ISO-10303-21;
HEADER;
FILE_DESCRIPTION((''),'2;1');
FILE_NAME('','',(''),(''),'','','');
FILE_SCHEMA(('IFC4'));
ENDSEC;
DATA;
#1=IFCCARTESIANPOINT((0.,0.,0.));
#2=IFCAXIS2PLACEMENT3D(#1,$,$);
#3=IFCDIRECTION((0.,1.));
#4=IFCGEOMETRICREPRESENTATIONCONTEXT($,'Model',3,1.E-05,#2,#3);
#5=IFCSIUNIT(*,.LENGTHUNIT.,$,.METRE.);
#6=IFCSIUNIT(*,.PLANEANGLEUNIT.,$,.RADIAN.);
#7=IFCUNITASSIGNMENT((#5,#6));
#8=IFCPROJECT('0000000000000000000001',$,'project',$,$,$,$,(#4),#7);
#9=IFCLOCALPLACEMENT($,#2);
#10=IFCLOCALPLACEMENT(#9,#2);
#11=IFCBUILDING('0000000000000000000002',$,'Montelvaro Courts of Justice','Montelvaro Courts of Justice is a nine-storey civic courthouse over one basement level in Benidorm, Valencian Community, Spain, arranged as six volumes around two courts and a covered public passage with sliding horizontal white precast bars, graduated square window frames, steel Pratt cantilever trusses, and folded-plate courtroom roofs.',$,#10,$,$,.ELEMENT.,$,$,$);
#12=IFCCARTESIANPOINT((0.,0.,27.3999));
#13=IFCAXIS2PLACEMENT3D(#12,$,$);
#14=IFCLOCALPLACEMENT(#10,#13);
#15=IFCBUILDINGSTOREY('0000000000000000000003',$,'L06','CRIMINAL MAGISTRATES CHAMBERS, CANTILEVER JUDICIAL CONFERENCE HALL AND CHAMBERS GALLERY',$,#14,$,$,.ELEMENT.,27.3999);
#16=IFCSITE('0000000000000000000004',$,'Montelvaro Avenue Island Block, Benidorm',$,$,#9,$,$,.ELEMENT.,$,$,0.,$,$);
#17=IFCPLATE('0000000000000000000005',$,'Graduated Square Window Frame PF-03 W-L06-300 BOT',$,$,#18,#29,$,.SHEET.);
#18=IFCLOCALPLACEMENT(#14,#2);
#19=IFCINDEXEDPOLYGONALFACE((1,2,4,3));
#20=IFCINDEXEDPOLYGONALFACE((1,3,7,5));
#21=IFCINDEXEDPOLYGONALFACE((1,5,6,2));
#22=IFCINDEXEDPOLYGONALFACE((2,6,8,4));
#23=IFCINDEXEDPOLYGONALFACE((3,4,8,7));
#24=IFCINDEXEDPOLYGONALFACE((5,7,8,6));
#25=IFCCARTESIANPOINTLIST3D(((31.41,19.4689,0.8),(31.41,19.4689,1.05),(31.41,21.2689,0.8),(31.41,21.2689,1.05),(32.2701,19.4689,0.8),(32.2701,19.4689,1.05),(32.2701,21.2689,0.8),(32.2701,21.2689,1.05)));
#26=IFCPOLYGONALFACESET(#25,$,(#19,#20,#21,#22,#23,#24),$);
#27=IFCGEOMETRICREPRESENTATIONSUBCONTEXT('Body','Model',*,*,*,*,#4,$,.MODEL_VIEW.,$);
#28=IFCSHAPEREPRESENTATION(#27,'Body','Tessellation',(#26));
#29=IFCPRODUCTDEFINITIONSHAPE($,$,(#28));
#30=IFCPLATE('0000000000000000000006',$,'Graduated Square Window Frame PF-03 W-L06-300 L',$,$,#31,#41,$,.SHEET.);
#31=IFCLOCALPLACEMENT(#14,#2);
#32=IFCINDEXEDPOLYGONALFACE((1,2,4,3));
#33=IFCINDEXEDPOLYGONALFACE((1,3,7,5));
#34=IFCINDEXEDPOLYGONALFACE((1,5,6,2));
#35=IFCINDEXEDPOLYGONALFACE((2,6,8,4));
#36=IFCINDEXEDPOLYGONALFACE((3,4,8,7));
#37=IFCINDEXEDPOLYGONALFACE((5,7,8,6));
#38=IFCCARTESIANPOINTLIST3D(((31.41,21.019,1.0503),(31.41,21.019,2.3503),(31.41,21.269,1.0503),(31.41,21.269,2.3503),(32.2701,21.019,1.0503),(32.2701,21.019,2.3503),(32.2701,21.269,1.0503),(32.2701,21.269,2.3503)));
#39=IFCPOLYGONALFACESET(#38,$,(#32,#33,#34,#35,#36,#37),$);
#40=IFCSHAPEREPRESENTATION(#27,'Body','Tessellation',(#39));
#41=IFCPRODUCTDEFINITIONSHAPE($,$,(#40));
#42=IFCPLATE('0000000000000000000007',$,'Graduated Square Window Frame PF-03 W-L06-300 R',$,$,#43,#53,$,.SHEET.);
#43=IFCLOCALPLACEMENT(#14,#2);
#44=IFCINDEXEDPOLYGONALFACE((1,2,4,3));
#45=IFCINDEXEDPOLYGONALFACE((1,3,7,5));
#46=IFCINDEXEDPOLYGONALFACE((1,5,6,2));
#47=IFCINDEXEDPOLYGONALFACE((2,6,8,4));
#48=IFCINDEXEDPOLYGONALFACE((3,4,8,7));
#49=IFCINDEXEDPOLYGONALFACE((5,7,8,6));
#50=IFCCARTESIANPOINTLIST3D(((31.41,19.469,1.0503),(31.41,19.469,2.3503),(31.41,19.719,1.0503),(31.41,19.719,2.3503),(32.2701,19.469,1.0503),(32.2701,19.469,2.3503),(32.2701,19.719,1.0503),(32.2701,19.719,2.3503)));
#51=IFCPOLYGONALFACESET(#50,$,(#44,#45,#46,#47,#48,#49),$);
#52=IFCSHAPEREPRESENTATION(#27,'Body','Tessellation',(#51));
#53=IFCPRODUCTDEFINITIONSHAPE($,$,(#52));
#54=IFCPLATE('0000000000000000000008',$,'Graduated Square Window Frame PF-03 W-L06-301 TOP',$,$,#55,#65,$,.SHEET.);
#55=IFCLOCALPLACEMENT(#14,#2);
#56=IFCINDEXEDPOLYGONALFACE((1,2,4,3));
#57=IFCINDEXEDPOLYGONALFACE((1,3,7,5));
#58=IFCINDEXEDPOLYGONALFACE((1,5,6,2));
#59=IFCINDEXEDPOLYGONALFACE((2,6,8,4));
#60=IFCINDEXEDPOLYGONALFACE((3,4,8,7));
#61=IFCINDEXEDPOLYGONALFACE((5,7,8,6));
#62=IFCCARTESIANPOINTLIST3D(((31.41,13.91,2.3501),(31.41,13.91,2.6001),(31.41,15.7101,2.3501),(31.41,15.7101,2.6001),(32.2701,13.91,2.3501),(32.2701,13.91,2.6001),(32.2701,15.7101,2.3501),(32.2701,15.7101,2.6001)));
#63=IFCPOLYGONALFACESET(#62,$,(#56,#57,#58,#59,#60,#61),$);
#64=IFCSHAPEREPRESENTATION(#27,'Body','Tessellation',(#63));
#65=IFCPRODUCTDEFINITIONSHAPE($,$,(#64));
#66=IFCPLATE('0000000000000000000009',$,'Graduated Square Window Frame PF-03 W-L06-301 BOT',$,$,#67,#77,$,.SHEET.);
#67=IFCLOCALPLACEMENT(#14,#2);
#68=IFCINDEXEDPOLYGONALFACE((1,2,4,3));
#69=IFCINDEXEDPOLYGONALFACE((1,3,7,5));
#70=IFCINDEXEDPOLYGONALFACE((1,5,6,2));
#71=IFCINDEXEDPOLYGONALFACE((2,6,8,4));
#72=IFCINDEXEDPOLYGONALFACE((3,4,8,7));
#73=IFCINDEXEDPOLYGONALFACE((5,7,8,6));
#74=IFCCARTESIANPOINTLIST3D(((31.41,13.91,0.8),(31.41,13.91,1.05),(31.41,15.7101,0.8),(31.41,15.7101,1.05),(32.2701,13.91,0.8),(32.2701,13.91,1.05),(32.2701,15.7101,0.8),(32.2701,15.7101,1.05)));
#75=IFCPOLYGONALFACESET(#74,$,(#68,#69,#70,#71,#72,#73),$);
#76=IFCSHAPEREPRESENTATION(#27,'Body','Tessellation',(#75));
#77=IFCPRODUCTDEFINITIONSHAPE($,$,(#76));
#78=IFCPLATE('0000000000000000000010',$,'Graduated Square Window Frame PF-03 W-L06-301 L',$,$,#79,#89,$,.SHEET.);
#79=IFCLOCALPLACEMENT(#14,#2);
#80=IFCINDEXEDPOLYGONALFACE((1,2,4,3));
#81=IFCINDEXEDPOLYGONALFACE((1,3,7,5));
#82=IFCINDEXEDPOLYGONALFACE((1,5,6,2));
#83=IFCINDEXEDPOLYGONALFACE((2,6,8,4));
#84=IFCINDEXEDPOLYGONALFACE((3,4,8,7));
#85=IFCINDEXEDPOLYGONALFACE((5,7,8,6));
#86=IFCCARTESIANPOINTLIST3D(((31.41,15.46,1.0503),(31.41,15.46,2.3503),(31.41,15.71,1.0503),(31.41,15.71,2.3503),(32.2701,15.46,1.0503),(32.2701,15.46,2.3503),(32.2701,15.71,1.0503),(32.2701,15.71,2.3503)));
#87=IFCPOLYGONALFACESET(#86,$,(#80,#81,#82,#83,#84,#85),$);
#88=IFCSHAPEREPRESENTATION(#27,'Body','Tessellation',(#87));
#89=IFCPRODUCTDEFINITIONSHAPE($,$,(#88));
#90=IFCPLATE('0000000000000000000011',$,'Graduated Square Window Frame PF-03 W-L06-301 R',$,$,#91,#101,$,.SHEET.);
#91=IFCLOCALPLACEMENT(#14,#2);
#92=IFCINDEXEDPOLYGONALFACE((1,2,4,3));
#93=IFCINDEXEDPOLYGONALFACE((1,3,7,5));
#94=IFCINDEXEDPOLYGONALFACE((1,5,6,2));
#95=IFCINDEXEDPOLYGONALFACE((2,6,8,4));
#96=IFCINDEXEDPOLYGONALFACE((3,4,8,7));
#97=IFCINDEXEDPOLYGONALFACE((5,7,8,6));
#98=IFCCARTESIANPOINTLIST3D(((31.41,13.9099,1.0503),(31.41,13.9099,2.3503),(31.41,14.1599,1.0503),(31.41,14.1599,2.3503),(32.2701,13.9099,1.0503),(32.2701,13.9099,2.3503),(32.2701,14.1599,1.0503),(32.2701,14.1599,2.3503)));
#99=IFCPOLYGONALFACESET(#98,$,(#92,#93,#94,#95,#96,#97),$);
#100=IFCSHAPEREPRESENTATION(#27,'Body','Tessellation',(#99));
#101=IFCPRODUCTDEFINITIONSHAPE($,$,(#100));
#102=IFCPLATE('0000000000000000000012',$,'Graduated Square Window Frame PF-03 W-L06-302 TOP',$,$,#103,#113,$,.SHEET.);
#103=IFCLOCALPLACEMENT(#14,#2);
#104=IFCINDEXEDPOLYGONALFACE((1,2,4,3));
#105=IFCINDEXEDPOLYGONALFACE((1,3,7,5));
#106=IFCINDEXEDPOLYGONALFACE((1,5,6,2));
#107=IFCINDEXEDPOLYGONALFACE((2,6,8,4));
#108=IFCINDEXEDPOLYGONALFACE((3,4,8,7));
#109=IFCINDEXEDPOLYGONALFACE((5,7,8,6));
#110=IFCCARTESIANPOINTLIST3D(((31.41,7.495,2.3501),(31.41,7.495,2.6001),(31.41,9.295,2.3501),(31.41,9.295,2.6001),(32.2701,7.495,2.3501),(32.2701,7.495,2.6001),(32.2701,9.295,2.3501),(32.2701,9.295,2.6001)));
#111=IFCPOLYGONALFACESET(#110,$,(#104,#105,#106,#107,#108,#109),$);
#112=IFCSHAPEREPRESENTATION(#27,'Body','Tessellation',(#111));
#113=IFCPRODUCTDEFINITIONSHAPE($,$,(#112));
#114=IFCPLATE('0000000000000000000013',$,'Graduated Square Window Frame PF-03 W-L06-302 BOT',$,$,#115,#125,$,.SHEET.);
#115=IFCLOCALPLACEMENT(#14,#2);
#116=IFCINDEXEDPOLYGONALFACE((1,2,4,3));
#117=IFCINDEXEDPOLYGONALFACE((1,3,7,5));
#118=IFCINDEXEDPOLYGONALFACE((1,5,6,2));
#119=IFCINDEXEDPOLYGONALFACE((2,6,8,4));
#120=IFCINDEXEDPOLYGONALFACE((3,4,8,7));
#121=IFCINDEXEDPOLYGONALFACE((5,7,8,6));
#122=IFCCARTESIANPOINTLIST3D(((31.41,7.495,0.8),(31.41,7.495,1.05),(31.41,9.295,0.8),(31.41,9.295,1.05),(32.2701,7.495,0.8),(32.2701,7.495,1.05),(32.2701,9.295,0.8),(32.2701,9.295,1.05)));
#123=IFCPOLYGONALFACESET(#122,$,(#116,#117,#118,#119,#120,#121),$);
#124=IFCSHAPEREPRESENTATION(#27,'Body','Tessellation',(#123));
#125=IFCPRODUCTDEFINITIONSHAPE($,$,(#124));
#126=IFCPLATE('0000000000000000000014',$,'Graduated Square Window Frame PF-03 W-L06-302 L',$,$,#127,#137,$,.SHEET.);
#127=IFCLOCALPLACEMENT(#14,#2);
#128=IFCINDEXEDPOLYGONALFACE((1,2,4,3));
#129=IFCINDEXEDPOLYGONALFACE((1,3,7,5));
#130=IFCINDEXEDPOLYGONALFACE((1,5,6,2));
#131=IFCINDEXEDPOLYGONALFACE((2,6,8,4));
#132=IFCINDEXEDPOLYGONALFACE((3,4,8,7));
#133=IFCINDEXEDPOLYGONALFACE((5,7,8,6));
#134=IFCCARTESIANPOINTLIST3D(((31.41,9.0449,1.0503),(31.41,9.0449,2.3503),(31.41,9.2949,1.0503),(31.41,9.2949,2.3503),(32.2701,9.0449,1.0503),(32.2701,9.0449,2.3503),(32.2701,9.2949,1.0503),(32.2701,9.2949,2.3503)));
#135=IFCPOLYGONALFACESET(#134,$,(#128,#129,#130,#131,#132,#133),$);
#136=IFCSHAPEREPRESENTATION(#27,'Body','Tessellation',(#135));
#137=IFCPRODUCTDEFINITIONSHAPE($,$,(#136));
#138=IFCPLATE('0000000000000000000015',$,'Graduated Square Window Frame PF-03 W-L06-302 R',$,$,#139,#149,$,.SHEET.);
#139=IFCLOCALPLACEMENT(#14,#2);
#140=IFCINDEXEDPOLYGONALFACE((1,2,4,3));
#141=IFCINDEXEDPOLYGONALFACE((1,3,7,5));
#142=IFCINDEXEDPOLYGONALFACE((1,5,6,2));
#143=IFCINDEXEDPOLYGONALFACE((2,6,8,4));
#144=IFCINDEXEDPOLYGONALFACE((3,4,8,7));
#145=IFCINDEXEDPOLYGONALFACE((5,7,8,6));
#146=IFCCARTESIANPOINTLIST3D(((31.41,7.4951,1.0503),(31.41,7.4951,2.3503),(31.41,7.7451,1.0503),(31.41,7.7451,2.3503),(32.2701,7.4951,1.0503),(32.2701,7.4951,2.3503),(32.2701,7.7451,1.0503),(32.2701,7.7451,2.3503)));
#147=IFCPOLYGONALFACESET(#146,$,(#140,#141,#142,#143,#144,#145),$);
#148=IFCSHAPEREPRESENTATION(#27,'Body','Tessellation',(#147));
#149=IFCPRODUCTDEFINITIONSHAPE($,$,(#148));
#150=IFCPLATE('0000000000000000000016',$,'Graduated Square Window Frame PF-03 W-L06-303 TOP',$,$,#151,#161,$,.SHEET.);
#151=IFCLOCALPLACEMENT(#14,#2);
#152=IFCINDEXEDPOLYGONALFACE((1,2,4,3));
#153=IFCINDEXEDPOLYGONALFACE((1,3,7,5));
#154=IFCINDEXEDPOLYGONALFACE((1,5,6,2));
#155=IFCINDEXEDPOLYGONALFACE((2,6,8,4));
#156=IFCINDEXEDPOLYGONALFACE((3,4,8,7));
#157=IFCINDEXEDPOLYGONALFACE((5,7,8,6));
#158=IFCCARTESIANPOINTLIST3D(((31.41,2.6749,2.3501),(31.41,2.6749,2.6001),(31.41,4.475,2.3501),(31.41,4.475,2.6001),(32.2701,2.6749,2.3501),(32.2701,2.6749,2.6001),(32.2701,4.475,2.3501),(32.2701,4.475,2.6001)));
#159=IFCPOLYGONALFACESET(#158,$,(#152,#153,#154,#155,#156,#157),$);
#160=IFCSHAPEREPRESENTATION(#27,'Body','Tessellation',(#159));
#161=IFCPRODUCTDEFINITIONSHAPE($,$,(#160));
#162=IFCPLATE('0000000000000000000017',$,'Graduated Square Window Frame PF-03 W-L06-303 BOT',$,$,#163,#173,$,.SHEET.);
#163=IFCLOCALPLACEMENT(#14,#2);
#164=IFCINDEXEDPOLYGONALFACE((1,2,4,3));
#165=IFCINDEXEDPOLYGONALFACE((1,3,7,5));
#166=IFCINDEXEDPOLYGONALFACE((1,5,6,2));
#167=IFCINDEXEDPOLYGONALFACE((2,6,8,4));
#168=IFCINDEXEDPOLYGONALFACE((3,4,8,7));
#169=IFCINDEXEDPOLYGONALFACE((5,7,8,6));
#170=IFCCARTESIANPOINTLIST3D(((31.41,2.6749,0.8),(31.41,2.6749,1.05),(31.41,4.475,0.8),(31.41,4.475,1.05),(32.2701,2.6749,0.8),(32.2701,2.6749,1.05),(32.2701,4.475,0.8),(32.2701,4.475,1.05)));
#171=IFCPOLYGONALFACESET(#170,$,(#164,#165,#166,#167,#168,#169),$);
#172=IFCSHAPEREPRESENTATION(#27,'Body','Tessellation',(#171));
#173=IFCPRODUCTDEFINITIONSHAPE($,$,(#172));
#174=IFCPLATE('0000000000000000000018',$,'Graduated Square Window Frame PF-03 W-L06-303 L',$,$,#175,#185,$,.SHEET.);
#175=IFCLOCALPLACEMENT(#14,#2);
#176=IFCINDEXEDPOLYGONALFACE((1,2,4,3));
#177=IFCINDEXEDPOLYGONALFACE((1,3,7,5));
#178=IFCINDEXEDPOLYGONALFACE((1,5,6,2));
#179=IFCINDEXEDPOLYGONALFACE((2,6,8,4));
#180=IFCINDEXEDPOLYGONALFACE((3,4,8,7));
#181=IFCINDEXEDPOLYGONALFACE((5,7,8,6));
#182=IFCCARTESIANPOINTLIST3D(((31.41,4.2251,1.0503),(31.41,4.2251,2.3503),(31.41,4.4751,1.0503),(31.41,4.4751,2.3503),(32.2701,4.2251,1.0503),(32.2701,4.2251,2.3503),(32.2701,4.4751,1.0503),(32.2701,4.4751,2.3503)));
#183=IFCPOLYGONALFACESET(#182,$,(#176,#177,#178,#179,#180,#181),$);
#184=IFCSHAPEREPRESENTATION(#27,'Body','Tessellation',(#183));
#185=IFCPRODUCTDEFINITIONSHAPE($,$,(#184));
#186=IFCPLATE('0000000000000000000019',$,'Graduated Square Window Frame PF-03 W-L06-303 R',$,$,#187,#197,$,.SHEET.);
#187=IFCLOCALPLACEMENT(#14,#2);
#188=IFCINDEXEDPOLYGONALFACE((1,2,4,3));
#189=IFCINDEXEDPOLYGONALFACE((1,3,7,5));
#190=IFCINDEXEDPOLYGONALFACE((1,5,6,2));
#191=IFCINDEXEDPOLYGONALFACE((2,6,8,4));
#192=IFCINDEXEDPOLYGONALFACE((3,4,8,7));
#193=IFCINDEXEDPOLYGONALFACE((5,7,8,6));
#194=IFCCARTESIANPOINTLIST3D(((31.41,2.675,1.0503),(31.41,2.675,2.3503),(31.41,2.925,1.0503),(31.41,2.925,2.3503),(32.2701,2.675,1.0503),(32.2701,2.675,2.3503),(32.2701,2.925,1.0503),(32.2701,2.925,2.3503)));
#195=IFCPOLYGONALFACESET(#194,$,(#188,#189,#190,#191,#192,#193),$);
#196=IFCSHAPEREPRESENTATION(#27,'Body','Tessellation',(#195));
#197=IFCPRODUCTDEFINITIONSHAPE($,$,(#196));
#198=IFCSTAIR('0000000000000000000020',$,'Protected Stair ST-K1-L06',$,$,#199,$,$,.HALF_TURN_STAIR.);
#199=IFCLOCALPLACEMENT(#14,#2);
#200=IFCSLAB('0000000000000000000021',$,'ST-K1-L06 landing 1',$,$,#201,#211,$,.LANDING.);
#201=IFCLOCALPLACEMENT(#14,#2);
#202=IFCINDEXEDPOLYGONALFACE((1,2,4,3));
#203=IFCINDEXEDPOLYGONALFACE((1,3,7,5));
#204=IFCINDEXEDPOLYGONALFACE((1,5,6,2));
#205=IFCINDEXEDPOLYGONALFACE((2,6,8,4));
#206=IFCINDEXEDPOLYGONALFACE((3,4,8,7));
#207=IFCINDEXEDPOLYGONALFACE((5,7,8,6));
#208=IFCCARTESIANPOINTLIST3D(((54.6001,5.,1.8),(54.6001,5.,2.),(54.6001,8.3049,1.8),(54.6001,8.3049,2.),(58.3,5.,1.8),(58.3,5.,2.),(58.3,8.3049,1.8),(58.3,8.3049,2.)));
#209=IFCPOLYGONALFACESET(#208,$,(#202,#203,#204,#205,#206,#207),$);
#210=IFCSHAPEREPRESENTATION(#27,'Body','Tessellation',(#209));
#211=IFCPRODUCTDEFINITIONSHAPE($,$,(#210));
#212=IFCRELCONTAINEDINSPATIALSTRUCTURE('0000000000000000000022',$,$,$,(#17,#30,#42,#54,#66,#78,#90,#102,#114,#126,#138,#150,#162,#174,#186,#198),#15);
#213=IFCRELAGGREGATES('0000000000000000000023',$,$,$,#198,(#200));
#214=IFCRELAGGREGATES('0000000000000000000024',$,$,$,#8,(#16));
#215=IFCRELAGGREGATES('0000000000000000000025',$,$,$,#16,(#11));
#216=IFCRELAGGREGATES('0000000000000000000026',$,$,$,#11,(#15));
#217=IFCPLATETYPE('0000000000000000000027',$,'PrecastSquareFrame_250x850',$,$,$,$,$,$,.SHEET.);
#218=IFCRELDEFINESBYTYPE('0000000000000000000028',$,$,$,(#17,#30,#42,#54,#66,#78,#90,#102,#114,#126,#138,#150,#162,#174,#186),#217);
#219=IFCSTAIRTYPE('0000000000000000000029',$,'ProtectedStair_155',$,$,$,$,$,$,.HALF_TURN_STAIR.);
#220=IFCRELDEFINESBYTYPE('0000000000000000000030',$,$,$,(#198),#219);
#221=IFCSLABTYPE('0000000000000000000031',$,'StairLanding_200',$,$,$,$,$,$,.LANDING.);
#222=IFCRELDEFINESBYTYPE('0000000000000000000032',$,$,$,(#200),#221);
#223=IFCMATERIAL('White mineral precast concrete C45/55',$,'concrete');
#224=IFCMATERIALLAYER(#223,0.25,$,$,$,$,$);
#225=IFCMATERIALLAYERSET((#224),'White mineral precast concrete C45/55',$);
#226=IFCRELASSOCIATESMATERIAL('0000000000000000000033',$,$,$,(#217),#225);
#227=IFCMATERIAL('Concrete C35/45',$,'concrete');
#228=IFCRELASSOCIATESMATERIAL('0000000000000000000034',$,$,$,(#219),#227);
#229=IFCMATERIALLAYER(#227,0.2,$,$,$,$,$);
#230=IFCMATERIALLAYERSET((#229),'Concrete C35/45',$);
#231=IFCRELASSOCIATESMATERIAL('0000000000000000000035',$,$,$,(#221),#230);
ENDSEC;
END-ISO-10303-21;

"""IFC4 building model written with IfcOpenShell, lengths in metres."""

from ifc_helpers import new_model, si_unit, direction, frame, origin, origin_2d, place, context, subcontext, project, spatial, polyline, rectangle, outline, extrude, material, layer, layer_set, type_object, element, aggregate, save


model = new_model("IFC4")

# Units and contexts
model_context = context("Model", 3, precision=1e-05, world=origin(), true_north=direction((0.0, 1.0)))
body_context = subcontext(model_context, "Body", "Model", "MODEL_VIEW")
ifc_project = project(units=[si_unit("LENGTHUNIT", "METRE"), si_unit("PLANEANGLEUNIT", "RADIAN")], contexts=[model_context])

# Site, building, storey
site_placement = place(None, origin())
site = spatial("IfcSite", under=ifc_project, at=site_placement, Name="Montelvaro Avenue Island Block, Benidorm", CompositionType="ELEMENT", RefElevation=0.0)
building_placement = place(site_placement, origin())
building = spatial("IfcBuilding", under=site, at=building_placement, Name="Montelvaro Courts of Justice", Description="Montelvaro Courts of Justice is a nine-storey civic courthouse over one basement level in Benidorm, Valencian Community, Spain, arranged as six volumes around two courts and a covered public passage with sliding horizontal white precast bars, graduated square window frames, steel Pratt cantilever trusses, and folded-plate courtroom roofs.", CompositionType="ELEMENT")
storey_placement = place(building_placement, frame((0.0, 0.0, 27.3999)))
storey = spatial("IfcBuildingStorey", under=building, at=storey_placement, Name="L06", Description="CRIMINAL MAGISTRATES CHAMBERS, CANTILEVER JUDICIAL CONFERENCE HALL AND CHAMBERS GALLERY", CompositionType="ELEMENT", Elevation=27.3999)

# Shared definitions
ifc_material_1 = material(Name="Concrete C35/45", Category="concrete")

# Plates
ifc_material_2 = material(Name="White mineral precast concrete C45/55", Category="concrete")
ifc_layer_1 = layer(ifc_material_2, 0.25)
ifc_layer_set_1 = layer_set([ifc_layer_1], Name="White mineral precast concrete C45/55")
plate_type_1 = type_object("IfcPlateType", Name="PrecastSquareFrame_250x850", PredefinedType="SHEET", material=ifc_layer_set_1)
for number, where, z_axis, x_axis, name in (
    (1, (31.8401, 20.3689, 0.8), (0.0, 0.0, 1.0), (0.0, -1.0, 0.0), "Graduated Square Window Frame PF-03 W-L06-300 BOT"),
):
    element("IfcPlate", number, at=place(storey_placement, frame(where, z_axis=z_axis, x_axis=x_axis)), inside=storey, type_object=plate_type_1, Name=name, PredefinedType="SHEET", context=body_context, shape_type="SweptSolid", body=[
        extrude(rectangle(XDim=1.8, YDim=0.8601, at=origin_2d()), origin(), (0.0, 0.0, 1.0), 0.25),
    ])
for number, where, z_axis, x_axis, name in (
    (2, (31.8401, 21.144, 1.0503), (0.0, 0.0, 1.0), (0.0, -1.0, 0.0), "Graduated Square Window Frame PF-03 W-L06-300 L"),
    (3, (31.8401, 19.594, 1.0503), (0.0, 0.0, 1.0), (0.0, -1.0, 0.0), "Graduated Square Window Frame PF-03 W-L06-300 R"),
):
    element("IfcPlate", number, at=place(storey_placement, frame(where, z_axis=z_axis, x_axis=x_axis)), inside=storey, type_object=plate_type_1, Name=name, PredefinedType="SHEET", context=body_context, shape_type="SweptSolid", body=[
        extrude(rectangle(XDim=0.25, YDim=0.8601, at=origin_2d()), origin(), (0.0, 0.0, 1.0), 1.3),
    ])
for number, where, z_axis, x_axis, name in (
    (4, (31.8401, 14.8101, 2.3501), (0.0, 0.0, 1.0), (0.0, -1.0, 0.0), "Graduated Square Window Frame PF-03 W-L06-301 TOP"),
    (5, (31.8401, 14.8101, 0.8), (0.0, 0.0, 1.0), (0.0, -1.0, 0.0), "Graduated Square Window Frame PF-03 W-L06-301 BOT"),
):
    element("IfcPlate", number, at=place(storey_placement, frame(where, z_axis=z_axis, x_axis=x_axis)), inside=storey, type_object=plate_type_1, Name=name, PredefinedType="SHEET", context=body_context, shape_type="SweptSolid", body=[
        extrude(rectangle(XDim=1.8, YDim=0.8601, at=origin_2d()), origin(), (0.0, 0.0, 1.0), 0.25),
    ])
for number, where, z_axis, x_axis, name in (
    (6, (31.8401, 15.585, 1.0503), (0.0, 0.0, 1.0), (0.0, -1.0, 0.0), "Graduated Square Window Frame PF-03 W-L06-301 L"),
    (7, (31.8401, 14.0349, 1.0503), (0.0, 0.0, 1.0), (0.0, -1.0, 0.0), "Graduated Square Window Frame PF-03 W-L06-301 R"),
):
    element("IfcPlate", number, at=place(storey_placement, frame(where, z_axis=z_axis, x_axis=x_axis)), inside=storey, type_object=plate_type_1, Name=name, PredefinedType="SHEET", context=body_context, shape_type="SweptSolid", body=[
        extrude(rectangle(XDim=0.25, YDim=0.8601, at=origin_2d()), origin(), (0.0, 0.0, 1.0), 1.3),
    ])
for number, where, z_axis, x_axis, name in (
    (8, (31.8401, 8.395, 2.3501), (0.0, 0.0, 1.0), (0.0, -1.0, 0.0), "Graduated Square Window Frame PF-03 W-L06-302 TOP"),
    (9, (31.8401, 8.395, 0.8), (0.0, 0.0, 1.0), (0.0, -1.0, 0.0), "Graduated Square Window Frame PF-03 W-L06-302 BOT"),
):
    element("IfcPlate", number, at=place(storey_placement, frame(where, z_axis=z_axis, x_axis=x_axis)), inside=storey, type_object=plate_type_1, Name=name, PredefinedType="SHEET", context=body_context, shape_type="SweptSolid", body=[
        extrude(rectangle(XDim=1.8, YDim=0.8601, at=origin_2d()), origin(), (0.0, 0.0, 1.0), 0.25),
    ])
for number, where, z_axis, x_axis, name in (
    (10, (31.8401, 9.1699, 1.0503), (0.0, 0.0, 1.0), (0.0, -1.0, 0.0), "Graduated Square Window Frame PF-03 W-L06-302 L"),
    (11, (31.8401, 7.6201, 1.0503), (0.0, 0.0, 1.0), (0.0, -1.0, 0.0), "Graduated Square Window Frame PF-03 W-L06-302 R"),
):
    element("IfcPlate", number, at=place(storey_placement, frame(where, z_axis=z_axis, x_axis=x_axis)), inside=storey, type_object=plate_type_1, Name=name, PredefinedType="SHEET", context=body_context, shape_type="SweptSolid", body=[
        extrude(rectangle(XDim=0.25, YDim=0.8601, at=origin_2d()), origin(), (0.0, 0.0, 1.0), 1.3),
    ])
for number, where, z_axis, x_axis, name in (
    (12, (31.8401, 3.575, 2.3501), (0.0, 0.0, 1.0), (0.0, -1.0, 0.0), "Graduated Square Window Frame PF-03 W-L06-303 TOP"),
    (13, (31.8401, 3.575, 0.8), (0.0, 0.0, 1.0), (0.0, -1.0, 0.0), "Graduated Square Window Frame PF-03 W-L06-303 BOT"),
):
    element("IfcPlate", number, at=place(storey_placement, frame(where, z_axis=z_axis, x_axis=x_axis)), inside=storey, type_object=plate_type_1, Name=name, PredefinedType="SHEET", context=body_context, shape_type="SweptSolid", body=[
        extrude(rectangle(XDim=1.8, YDim=0.8601, at=origin_2d()), origin(), (0.0, 0.0, 1.0), 0.25),
    ])
for number, where, z_axis, x_axis, name in (
    (14, (31.8401, 4.3501, 1.0503), (0.0, 0.0, 1.0), (0.0, -1.0, 0.0), "Graduated Square Window Frame PF-03 W-L06-303 L"),
    (15, (31.8401, 2.8, 1.0503), (0.0, 0.0, 1.0), (0.0, -1.0, 0.0), "Graduated Square Window Frame PF-03 W-L06-303 R"),
):
    element("IfcPlate", number, at=place(storey_placement, frame(where, z_axis=z_axis, x_axis=x_axis)), inside=storey, type_object=plate_type_1, Name=name, PredefinedType="SHEET", context=body_context, shape_type="SweptSolid", body=[
        extrude(rectangle(XDim=0.25, YDim=0.8601, at=origin_2d()), origin(), (0.0, 0.0, 1.0), 1.3),
    ])

# Stair, slab
stair_type_1 = type_object("IfcStairType", Name="ProtectedStair_155", PredefinedType="HALF_TURN_STAIR", material=ifc_material_1)
stair_1_placement = place(storey_placement, origin())
stair_1 = element("IfcStair", 16, at=stair_1_placement, inside=storey, type_object=stair_type_1, Name="Protected Stair ST-K1-L06", PredefinedType="HALF_TURN_STAIR")
ifc_layer_2 = layer(ifc_material_1, 0.2)
ifc_layer_set_2 = layer_set([ifc_layer_2], Name="Concrete C35/45")
slab_type_1 = type_object("IfcSlabType", Name="StairLanding_200", PredefinedType="LANDING", material=ifc_layer_set_2)
slab_1_placement = place(storey_placement, frame((0.0, 0.0, 1.8)))
slab_1 = element("IfcSlab", 17, at=slab_1_placement, type_object=slab_type_1, Name="ST-K1-L06 landing 1", PredefinedType="LANDING", context=body_context, shape_type="SweptSolid", body=[
    extrude(outline(polyline([(54.6001, 5.0), (58.3, 5.0), (58.3, 8.3049), (54.6001, 8.3049), (54.6001, 5.0)])), origin(), (0.0, 0.0, 1.0), 0.2),
])
aggregate(stair_1, [slab_1])

save(model, "model.ifc")
